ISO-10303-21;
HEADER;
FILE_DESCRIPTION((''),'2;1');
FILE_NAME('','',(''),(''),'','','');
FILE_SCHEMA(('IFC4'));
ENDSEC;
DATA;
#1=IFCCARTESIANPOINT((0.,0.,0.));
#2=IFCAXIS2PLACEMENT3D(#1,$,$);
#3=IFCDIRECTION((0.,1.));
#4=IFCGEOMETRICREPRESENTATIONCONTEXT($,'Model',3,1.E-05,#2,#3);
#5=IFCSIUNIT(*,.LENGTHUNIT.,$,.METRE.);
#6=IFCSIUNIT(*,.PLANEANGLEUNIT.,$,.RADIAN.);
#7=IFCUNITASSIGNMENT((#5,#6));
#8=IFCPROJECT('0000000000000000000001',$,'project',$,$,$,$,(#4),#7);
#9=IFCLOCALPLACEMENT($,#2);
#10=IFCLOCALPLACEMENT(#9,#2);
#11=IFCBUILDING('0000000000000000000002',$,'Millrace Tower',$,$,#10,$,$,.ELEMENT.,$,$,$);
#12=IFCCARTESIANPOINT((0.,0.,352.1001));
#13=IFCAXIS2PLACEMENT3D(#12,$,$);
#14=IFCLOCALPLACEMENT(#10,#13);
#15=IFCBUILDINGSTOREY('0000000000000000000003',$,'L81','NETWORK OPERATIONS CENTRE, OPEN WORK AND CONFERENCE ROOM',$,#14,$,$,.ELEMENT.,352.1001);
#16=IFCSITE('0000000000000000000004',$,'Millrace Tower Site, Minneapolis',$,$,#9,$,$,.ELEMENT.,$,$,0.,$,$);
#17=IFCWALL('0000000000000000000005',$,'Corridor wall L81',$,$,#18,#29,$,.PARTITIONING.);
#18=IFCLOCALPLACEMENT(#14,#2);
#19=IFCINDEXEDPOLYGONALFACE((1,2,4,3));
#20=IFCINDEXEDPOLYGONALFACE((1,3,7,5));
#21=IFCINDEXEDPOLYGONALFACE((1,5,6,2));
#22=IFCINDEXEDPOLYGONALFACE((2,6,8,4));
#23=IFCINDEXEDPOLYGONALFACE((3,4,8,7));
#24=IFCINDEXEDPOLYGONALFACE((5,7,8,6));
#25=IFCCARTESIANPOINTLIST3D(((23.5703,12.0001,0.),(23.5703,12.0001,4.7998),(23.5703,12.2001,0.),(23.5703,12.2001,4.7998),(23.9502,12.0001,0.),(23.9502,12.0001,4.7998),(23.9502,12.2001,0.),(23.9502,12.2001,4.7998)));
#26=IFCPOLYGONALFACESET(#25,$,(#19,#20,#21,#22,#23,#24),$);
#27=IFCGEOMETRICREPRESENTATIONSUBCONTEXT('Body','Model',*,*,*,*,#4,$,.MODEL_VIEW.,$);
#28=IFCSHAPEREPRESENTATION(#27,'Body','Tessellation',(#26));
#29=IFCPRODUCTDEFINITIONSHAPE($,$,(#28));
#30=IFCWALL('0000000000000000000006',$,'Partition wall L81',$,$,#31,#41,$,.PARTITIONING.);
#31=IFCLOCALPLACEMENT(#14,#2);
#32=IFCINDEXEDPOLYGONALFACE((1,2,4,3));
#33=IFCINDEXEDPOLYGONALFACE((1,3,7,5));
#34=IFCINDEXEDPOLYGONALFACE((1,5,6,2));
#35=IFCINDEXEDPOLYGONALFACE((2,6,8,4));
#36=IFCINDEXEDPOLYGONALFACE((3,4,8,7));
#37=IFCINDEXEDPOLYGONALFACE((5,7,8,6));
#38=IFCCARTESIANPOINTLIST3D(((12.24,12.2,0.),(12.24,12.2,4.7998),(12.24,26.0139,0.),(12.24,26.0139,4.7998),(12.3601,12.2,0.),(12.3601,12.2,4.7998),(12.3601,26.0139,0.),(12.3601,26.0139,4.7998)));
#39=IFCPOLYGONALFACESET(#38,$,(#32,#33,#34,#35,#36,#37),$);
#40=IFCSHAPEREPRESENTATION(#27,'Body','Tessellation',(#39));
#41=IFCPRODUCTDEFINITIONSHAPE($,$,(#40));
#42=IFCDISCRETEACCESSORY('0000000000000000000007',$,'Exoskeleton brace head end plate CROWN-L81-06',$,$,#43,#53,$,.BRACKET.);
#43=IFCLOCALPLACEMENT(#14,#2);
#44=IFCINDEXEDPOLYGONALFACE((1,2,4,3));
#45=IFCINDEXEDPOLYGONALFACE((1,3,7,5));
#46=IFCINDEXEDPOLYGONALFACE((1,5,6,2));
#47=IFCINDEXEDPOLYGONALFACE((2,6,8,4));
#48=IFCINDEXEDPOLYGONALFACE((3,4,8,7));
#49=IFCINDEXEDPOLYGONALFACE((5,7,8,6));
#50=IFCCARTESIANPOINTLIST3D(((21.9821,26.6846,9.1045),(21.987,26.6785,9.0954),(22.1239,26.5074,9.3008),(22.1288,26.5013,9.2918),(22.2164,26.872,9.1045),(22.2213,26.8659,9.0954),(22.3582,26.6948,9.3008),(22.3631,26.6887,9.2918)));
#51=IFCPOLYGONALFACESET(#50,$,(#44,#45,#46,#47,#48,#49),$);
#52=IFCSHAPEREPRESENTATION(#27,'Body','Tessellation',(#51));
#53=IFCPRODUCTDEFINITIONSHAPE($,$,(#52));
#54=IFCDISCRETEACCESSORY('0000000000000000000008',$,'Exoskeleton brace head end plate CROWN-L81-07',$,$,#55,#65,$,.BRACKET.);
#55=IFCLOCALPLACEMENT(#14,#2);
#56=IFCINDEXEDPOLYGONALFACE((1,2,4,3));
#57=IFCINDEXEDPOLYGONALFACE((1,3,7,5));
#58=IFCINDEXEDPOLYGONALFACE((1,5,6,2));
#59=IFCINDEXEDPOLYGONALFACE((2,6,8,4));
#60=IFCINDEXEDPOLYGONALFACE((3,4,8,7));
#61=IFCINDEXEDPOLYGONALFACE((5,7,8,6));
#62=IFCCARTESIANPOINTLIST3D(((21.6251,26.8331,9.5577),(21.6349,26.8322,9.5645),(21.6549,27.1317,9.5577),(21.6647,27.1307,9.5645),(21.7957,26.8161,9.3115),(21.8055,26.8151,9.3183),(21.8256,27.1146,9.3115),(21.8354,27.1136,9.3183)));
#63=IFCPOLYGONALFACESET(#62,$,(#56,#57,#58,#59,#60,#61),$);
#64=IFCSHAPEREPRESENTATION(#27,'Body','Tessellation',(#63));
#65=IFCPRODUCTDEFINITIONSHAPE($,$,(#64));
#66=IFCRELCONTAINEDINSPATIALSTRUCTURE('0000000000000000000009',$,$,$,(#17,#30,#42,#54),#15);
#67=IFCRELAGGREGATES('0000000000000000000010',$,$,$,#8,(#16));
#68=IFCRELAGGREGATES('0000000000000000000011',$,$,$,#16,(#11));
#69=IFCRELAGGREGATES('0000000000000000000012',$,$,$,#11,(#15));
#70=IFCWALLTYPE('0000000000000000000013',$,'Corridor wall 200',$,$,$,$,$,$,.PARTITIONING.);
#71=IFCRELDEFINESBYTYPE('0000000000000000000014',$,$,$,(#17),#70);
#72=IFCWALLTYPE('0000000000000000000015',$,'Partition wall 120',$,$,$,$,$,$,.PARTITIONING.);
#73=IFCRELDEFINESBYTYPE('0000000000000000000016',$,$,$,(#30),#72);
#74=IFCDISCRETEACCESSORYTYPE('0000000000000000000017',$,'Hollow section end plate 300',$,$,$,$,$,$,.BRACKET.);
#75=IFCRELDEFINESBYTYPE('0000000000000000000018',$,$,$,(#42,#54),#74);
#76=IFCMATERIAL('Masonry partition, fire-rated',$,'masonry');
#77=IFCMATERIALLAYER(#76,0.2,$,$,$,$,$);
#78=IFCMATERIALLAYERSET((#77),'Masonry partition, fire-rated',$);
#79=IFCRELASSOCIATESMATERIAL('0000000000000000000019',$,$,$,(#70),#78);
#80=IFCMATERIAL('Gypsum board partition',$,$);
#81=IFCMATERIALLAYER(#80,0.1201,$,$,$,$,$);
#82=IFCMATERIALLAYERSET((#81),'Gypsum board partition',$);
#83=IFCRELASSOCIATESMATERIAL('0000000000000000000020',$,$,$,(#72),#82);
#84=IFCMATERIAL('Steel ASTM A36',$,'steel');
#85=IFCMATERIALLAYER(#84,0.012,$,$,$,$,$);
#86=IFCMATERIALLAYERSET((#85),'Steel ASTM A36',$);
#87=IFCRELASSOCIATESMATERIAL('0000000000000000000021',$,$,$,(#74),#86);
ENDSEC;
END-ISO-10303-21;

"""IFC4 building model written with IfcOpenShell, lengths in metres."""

from ifc_helpers import new_model, si_unit, direction, frame, frame_2d, origin, origin_2d, place, context, subcontext, project, spatial, rectangle, extrude, material, layer, layer_set, type_object, element, save


model = new_model("IFC4")

# Units and contexts
model_context = context("Model", 3, precision=1e-05, world=origin(), true_north=direction((0.0, 1.0)))
body_context = subcontext(model_context, "Body", "Model", "MODEL_VIEW")
ifc_project = project(units=[si_unit("LENGTHUNIT", "METRE"), si_unit("PLANEANGLEUNIT", "RADIAN")], contexts=[model_context])

# Site, building, storey
site_placement = place(None, origin())
site = spatial("IfcSite", under=ifc_project, at=site_placement, Name="Millrace Tower Site, Minneapolis", CompositionType="ELEMENT", RefElevation=0.0)
building_placement = place(site_placement, origin())
building = spatial("IfcBuilding", under=site, at=building_placement, Name="Millrace Tower", CompositionType="ELEMENT")
storey_placement = place(building_placement, frame((0.0, 0.0, 352.1001)))
storey = spatial("IfcBuildingStorey", under=building, at=storey_placement, Name="L81", Description="NETWORK OPERATIONS CENTRE, OPEN WORK AND CONFERENCE ROOM", CompositionType="ELEMENT", Elevation=352.1001)

# Walls
ifc_material_1 = material(Name="Masonry partition, fire-rated", Category="masonry")
ifc_layer_1 = layer(ifc_material_1, 0.2)
ifc_layer_set_1 = layer_set([ifc_layer_1], Name="Masonry partition, fire-rated")
wall_type_1 = type_object("IfcWallType", Name="Corridor wall 200", PredefinedType="PARTITIONING", material=ifc_layer_set_1)
wall_1_placement = place(storey_placement, frame((23.5703, 12.1001, 0.0), z_axis=(0.0, 0.0, 1.0), x_axis=(1.0, 0.0, 0.0)))
element("IfcWall", 1, at=wall_1_placement, inside=storey, type_object=wall_type_1, Name="Corridor wall L81", PredefinedType="PARTITIONING", context=body_context, shape_type="SweptSolid", body=[
    extrude(rectangle(XDim=0.3799, YDim=0.2, at=frame_2d((0.1899, 0.0))), origin(), (0.0, 0.0, 1.0), 4.7998),
])
ifc_material_2 = material(Name="Gypsum board partition")
ifc_layer_2 = layer(ifc_material_2, 0.1201)
ifc_layer_set_2 = layer_set([ifc_layer_2], Name="Gypsum board partition")
wall_type_2 = type_object("IfcWallType", Name="Partition wall 120", PredefinedType="PARTITIONING", material=ifc_layer_set_2)
wall_2_placement = place(storey_placement, frame((12.3, 12.2, 0.0), z_axis=(0.0, 0.0, 1.0), x_axis=(0.0, 1.0, 0.0)))
element("IfcWall", 2, at=wall_2_placement, inside=storey, type_object=wall_type_2, Name="Partition wall L81", PredefinedType="PARTITIONING", context=body_context, shape_type="SweptSolid", body=[
    extrude(rectangle(XDim=13.814, YDim=0.1201, at=frame_2d((6.907, 0.0))), origin(), (0.0, 0.0, 1.0), 4.7998),
])

# Discrete accessories
ifc_material_3 = material(Name="Steel ASTM A36", Category="steel")
ifc_layer_3 = layer(ifc_material_3, 0.012)
ifc_layer_set_3 = layer_set([ifc_layer_3], Name="Steel ASTM A36")
discrete_accessory_type = type_object("IfcDiscreteAccessoryType", Name="Hollow section end plate 300", PredefinedType="BRACKET", material=ifc_layer_set_3)
for number, where, z_axis, x_axis, name in (
    (3, (22.175, 26.6836, 9.1936), (-0.40876, 0.510949, 0.756205), (-0.780869, -0.624695, 0.0), "Exoskeleton brace head end plate CROWN-L81-06"),
    (4, (21.7253, 26.9739, 9.4346), (0.816497, -0.08165, 0.571548), (0.099504, 0.995037, 0.0), "Exoskeleton brace head end plate CROWN-L81-07"),
):
    element("IfcDiscreteAccessory", number, at=place(storey_placement, frame(where, z_axis=z_axis, x_axis=x_axis)), inside=storey, type_object=discrete_accessory_type, Name=name, PredefinedType="BRACKET", context=body_context, shape_type="SweptSolid", body=[
        extrude(rectangle(XDim=0.3, YDim=0.3, at=origin_2d()), origin(), (0.0, 0.0, 1.0), 0.012),
    ])

save(model, "model.ifc")
